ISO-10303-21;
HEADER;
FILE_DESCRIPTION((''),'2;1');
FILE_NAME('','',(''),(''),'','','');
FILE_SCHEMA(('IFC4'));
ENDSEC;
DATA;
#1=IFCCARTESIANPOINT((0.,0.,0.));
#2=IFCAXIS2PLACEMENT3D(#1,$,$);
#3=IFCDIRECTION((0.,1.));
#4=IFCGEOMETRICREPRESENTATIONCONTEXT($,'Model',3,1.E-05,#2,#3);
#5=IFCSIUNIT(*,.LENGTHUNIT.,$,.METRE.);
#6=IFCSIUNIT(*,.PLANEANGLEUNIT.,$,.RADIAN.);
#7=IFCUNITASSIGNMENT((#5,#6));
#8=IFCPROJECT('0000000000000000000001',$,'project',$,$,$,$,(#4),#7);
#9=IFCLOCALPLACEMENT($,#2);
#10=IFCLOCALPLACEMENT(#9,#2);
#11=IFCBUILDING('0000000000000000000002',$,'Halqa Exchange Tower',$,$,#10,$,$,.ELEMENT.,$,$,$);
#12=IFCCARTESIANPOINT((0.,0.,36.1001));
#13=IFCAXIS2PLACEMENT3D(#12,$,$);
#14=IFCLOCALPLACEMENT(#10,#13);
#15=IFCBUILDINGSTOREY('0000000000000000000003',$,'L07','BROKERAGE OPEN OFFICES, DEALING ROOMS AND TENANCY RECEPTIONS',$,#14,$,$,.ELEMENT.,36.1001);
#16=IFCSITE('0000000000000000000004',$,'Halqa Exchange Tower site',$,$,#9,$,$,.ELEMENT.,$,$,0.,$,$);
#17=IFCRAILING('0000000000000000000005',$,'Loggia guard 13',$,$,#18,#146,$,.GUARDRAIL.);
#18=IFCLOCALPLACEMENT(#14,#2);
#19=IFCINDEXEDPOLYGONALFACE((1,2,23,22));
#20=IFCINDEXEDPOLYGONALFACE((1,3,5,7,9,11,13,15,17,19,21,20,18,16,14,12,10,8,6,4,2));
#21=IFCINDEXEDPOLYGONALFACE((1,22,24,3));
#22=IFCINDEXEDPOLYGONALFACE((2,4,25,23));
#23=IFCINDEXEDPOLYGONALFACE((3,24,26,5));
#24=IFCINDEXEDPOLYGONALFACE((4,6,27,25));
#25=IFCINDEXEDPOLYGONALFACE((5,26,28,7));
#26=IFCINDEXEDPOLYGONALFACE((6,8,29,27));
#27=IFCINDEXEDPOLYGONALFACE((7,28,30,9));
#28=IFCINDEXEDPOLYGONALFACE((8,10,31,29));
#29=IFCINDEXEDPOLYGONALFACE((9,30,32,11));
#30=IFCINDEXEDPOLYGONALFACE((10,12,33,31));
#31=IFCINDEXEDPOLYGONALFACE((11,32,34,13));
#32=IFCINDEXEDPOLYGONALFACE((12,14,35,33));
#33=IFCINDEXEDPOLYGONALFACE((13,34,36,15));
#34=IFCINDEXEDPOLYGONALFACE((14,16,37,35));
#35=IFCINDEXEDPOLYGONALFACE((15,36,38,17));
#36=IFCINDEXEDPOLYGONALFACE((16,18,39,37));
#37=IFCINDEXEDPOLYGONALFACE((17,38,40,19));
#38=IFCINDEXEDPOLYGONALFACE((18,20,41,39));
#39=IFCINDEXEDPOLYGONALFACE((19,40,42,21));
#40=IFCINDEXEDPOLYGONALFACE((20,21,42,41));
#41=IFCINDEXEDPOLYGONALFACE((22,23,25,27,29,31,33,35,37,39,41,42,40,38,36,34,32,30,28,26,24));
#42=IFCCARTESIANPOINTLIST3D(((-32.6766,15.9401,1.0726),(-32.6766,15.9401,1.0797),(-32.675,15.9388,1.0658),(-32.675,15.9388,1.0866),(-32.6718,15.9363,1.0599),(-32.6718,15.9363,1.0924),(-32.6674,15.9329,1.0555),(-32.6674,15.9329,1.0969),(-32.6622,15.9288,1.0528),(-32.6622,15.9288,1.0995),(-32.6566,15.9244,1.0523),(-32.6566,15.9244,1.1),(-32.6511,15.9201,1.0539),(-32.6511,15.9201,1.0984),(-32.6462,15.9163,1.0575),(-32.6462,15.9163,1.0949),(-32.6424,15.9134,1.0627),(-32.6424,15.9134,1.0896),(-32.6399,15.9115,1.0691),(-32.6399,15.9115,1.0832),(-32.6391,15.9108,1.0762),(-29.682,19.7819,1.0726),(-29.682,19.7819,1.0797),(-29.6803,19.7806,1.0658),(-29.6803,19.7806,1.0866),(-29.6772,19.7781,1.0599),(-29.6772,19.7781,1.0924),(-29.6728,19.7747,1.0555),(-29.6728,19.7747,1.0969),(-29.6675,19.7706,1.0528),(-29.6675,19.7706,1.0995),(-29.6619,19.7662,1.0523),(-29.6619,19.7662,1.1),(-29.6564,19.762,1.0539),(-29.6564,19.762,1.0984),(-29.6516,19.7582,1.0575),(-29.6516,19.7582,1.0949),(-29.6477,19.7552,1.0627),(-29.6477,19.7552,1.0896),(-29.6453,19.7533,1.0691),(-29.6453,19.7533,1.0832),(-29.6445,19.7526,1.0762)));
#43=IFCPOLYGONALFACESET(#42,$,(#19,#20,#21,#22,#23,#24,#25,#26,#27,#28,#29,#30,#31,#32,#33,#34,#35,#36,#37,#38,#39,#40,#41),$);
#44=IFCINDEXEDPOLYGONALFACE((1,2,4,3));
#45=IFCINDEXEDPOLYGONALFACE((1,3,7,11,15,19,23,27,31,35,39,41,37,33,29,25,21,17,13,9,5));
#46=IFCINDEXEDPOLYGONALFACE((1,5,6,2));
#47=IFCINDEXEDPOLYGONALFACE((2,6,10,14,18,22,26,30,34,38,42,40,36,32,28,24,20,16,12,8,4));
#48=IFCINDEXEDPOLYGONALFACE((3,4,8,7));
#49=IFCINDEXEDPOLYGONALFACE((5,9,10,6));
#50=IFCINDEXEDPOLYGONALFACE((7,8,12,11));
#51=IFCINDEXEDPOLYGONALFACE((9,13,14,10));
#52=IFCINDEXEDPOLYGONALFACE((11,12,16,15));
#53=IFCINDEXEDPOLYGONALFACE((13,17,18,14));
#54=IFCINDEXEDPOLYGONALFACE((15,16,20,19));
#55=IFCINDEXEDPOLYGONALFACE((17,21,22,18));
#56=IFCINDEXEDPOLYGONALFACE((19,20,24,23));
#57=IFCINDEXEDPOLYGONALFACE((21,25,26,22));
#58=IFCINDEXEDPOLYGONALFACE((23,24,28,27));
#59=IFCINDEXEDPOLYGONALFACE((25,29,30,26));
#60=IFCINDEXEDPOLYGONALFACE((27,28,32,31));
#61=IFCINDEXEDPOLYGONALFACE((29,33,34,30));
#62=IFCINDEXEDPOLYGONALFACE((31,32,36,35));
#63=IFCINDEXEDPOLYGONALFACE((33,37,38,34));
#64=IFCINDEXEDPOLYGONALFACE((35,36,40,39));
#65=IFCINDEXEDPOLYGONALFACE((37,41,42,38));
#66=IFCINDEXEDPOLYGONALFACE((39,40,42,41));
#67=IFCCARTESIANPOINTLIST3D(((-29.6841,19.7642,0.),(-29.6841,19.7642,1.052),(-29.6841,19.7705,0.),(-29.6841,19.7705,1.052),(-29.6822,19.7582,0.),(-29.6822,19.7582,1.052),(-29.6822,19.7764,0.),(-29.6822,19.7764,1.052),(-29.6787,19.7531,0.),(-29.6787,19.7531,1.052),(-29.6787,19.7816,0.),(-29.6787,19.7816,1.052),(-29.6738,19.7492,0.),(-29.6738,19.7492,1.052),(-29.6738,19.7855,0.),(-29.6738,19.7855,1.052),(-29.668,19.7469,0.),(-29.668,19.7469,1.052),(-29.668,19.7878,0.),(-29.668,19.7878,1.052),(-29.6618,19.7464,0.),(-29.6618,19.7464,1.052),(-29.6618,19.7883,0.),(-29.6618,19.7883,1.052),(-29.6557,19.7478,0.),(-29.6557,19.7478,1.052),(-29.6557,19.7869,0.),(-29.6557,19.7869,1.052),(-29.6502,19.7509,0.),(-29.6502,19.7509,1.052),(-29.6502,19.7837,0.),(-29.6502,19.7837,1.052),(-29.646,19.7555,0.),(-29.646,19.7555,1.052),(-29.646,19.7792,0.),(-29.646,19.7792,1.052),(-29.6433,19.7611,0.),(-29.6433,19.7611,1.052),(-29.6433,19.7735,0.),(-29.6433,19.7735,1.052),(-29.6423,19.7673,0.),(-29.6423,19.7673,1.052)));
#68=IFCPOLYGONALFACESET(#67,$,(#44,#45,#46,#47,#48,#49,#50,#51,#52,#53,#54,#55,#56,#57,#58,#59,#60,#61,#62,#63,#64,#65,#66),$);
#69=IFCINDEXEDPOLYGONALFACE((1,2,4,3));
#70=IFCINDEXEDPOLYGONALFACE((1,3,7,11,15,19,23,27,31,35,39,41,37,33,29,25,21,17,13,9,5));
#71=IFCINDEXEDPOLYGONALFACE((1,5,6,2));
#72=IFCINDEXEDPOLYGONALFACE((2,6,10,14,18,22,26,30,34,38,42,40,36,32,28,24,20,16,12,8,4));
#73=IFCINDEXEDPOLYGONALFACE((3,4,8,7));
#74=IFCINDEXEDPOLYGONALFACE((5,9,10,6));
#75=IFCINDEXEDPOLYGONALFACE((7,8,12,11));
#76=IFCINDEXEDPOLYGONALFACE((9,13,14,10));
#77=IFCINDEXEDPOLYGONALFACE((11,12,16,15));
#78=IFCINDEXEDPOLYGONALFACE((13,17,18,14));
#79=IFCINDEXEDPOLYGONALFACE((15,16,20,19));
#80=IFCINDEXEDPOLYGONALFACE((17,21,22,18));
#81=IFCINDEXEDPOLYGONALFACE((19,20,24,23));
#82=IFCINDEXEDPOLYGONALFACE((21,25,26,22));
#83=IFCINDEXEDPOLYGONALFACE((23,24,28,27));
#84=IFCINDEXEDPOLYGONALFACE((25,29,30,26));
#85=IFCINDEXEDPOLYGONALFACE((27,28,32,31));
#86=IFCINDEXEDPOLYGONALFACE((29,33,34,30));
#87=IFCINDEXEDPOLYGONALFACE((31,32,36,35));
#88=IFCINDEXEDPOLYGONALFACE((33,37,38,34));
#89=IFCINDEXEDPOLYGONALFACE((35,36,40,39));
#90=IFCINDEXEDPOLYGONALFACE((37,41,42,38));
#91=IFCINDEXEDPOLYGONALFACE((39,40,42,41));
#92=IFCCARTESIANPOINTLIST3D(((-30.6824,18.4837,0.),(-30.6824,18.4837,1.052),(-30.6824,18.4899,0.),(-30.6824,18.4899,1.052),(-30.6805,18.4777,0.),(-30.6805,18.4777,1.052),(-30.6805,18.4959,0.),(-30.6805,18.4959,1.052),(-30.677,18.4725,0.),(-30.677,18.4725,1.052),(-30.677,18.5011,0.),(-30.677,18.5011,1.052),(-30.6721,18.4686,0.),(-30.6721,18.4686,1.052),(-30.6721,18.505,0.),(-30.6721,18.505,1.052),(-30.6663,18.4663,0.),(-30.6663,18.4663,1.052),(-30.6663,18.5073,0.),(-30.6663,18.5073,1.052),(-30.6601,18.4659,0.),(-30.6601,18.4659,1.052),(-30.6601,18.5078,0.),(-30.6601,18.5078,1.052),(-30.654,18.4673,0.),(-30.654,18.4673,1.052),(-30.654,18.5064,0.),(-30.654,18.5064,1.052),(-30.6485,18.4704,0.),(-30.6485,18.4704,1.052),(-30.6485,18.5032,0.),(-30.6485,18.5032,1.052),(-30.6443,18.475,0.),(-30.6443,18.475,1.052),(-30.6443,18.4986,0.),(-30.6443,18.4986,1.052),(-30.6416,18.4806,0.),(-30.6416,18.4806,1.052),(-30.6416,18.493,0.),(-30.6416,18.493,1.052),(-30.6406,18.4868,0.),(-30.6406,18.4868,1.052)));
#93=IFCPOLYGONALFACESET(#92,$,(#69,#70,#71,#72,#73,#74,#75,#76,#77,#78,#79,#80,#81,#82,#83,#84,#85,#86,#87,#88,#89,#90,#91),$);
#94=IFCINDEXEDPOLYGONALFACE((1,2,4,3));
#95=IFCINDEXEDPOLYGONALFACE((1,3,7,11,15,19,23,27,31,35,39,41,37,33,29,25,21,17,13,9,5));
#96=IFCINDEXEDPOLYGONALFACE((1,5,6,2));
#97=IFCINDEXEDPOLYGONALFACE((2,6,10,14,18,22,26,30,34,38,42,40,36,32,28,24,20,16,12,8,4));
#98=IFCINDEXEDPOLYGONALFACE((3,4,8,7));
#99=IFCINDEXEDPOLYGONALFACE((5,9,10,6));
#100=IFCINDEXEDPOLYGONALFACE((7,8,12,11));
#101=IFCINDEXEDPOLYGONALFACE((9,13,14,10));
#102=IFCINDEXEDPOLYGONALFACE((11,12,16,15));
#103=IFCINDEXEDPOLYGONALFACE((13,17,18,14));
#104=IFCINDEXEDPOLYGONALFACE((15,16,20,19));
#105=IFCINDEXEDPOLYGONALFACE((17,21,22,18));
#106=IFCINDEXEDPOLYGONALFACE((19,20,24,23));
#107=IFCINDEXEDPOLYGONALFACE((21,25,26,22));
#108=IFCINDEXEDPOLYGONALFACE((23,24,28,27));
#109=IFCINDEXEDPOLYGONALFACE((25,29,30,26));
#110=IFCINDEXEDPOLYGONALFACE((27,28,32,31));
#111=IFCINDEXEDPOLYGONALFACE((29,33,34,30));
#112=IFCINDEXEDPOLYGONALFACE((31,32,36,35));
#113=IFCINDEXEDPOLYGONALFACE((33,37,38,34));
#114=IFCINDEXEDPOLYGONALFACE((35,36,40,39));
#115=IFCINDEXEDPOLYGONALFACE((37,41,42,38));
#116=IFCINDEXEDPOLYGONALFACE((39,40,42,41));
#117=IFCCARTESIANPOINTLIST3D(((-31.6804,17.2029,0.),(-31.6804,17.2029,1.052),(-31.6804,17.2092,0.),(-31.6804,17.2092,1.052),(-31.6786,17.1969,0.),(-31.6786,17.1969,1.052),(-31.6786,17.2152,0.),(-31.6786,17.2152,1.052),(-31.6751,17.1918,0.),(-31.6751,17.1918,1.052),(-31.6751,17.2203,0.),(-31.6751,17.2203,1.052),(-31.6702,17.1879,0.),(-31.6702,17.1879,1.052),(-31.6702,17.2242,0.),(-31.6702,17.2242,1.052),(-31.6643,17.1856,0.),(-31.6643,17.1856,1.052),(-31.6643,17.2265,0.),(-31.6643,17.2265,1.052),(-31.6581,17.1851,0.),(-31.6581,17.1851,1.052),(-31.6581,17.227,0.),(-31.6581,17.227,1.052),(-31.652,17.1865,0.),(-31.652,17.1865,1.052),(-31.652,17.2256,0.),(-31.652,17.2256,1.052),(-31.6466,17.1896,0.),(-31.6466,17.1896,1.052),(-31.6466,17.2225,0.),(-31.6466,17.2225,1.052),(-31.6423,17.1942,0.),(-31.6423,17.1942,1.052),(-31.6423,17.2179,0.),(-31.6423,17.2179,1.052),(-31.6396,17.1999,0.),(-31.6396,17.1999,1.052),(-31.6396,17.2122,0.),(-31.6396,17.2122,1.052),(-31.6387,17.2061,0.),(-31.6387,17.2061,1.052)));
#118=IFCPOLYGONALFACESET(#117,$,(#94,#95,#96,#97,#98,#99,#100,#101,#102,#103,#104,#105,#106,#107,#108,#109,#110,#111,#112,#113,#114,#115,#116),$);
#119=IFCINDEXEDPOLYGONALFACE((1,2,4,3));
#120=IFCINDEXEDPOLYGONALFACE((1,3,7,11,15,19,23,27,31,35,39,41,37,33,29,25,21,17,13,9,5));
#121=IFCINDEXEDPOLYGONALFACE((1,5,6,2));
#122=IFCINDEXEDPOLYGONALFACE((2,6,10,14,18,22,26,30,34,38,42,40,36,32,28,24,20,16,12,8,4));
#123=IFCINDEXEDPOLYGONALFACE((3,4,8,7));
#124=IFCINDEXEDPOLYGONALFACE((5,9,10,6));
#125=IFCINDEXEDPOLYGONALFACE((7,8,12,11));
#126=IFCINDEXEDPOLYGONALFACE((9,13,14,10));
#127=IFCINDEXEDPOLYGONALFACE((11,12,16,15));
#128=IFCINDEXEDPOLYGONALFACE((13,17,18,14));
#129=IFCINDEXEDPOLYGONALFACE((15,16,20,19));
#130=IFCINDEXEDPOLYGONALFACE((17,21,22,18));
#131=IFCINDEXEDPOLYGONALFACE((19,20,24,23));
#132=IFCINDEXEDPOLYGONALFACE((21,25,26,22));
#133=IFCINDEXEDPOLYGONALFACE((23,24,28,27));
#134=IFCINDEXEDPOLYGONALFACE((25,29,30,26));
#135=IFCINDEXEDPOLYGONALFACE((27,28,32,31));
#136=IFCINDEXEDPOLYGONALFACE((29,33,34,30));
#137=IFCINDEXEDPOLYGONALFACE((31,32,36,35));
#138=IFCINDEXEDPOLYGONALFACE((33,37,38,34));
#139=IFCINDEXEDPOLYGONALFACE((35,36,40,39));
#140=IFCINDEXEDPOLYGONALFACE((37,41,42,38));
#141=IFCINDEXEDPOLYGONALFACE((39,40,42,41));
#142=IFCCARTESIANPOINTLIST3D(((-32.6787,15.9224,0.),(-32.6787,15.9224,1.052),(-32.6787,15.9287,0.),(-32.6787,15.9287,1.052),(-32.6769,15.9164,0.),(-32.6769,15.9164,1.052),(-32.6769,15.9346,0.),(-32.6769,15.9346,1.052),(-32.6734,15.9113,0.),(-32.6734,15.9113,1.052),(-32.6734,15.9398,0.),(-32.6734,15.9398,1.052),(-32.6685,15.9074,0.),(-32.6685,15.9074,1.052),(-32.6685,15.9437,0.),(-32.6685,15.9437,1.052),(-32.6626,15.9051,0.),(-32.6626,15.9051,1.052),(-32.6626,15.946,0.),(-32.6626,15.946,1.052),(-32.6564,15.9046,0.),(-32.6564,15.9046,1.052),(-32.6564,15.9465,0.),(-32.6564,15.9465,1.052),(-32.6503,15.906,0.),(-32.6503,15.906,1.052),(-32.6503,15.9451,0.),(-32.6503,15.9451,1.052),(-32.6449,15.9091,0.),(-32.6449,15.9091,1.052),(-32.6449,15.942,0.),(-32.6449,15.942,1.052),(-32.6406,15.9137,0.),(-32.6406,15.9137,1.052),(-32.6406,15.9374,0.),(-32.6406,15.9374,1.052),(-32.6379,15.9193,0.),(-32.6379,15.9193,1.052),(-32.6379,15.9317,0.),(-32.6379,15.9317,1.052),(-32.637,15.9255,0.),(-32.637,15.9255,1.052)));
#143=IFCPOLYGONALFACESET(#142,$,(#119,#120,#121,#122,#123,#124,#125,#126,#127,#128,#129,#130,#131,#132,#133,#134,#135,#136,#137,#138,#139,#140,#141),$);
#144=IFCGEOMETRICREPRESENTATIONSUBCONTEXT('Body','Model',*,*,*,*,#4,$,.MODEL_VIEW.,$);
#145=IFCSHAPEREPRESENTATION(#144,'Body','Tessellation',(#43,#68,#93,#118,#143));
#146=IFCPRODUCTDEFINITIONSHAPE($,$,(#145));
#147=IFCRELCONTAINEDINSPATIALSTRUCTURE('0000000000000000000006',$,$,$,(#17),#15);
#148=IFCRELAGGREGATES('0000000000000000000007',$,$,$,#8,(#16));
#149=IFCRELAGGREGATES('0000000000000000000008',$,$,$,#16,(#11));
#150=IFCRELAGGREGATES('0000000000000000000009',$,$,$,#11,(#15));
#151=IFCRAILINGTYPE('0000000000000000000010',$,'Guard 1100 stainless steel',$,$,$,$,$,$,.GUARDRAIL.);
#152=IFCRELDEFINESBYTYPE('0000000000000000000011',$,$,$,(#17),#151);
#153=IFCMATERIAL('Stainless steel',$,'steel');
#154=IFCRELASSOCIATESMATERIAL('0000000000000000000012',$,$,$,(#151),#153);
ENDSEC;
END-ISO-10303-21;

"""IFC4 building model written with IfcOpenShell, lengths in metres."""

from ifc_helpers import new_model, si_unit, direction, frame, origin, origin_2d, place, context, subcontext, project, spatial, circle, extrude, material, type_object, element, save


model = new_model("IFC4")

# Units and contexts
model_context = context("Model", 3, precision=1e-05, world=origin(), true_north=direction((0.0, 1.0)))
body_context = subcontext(model_context, "Body", "Model", "MODEL_VIEW")
ifc_project = project(units=[si_unit("LENGTHUNIT", "METRE"), si_unit("PLANEANGLEUNIT", "RADIAN")], contexts=[model_context])

# Site, building, storey
site_placement = place(None, origin())
site = spatial("IfcSite", under=ifc_project, at=site_placement, Name="Halqa Exchange Tower site", CompositionType="ELEMENT", RefElevation=0.0)
building_placement = place(site_placement, origin())
building = spatial("IfcBuilding", under=site, at=building_placement, Name="Halqa Exchange Tower", CompositionType="ELEMENT")
storey_placement = place(building_placement, frame((0.0, 0.0, 36.1001)))
storey = spatial("IfcBuildingStorey", under=building, at=storey_placement, Name="L07", Description="BROKERAGE OPEN OFFICES, DEALING ROOMS AND TENANCY RECEPTIONS", CompositionType="ELEMENT", Elevation=36.1001)

# Railing
ifc_material_1 = material(Name="Stainless steel", Category="steel")
railing_type = type_object("IfcRailingType", Name="Guard 1100 stainless steel", PredefinedType="GUARDRAIL", material=ifc_material_1)
railing_1_placement = place(storey_placement, frame((-29.6633, 19.7673, 0.0)))
element("IfcRailing", 1, at=railing_1_placement, inside=storey, type_object=railing_type, Name="Loggia guard 13", PredefinedType="GUARDRAIL", context=body_context, shape_type="SweptSolid", body=[
    extrude(circle(Radius=0.0239, at=origin_2d()), frame((0.0, 0.0, 1.0762), z_axis=(-0.61478, -0.788699, 0.0), x_axis=(0.788699, -0.61478, 0.0)), (0.0, 0.0, 1.0), 4.8711),
    extrude(circle(Radius=0.021, at=origin_2d()), origin(), (0.0, 0.0, 1.0), 1.052),
    extrude(circle(Radius=0.021, at=origin_2d()), frame((-0.9983, -1.2805, 0.0)), (0.0, 0.0, 1.0), 1.052),
    extrude(circle(Radius=0.021, at=origin_2d()), frame((-1.9963, -2.5613, 0.0)), (0.0, 0.0, 1.0), 1.052),
    extrude(circle(Radius=0.021, at=origin_2d()), frame((-2.9946, -3.8418, 0.0)), (0.0, 0.0, 1.0), 1.052),
])

save(model, "model.ifc")
